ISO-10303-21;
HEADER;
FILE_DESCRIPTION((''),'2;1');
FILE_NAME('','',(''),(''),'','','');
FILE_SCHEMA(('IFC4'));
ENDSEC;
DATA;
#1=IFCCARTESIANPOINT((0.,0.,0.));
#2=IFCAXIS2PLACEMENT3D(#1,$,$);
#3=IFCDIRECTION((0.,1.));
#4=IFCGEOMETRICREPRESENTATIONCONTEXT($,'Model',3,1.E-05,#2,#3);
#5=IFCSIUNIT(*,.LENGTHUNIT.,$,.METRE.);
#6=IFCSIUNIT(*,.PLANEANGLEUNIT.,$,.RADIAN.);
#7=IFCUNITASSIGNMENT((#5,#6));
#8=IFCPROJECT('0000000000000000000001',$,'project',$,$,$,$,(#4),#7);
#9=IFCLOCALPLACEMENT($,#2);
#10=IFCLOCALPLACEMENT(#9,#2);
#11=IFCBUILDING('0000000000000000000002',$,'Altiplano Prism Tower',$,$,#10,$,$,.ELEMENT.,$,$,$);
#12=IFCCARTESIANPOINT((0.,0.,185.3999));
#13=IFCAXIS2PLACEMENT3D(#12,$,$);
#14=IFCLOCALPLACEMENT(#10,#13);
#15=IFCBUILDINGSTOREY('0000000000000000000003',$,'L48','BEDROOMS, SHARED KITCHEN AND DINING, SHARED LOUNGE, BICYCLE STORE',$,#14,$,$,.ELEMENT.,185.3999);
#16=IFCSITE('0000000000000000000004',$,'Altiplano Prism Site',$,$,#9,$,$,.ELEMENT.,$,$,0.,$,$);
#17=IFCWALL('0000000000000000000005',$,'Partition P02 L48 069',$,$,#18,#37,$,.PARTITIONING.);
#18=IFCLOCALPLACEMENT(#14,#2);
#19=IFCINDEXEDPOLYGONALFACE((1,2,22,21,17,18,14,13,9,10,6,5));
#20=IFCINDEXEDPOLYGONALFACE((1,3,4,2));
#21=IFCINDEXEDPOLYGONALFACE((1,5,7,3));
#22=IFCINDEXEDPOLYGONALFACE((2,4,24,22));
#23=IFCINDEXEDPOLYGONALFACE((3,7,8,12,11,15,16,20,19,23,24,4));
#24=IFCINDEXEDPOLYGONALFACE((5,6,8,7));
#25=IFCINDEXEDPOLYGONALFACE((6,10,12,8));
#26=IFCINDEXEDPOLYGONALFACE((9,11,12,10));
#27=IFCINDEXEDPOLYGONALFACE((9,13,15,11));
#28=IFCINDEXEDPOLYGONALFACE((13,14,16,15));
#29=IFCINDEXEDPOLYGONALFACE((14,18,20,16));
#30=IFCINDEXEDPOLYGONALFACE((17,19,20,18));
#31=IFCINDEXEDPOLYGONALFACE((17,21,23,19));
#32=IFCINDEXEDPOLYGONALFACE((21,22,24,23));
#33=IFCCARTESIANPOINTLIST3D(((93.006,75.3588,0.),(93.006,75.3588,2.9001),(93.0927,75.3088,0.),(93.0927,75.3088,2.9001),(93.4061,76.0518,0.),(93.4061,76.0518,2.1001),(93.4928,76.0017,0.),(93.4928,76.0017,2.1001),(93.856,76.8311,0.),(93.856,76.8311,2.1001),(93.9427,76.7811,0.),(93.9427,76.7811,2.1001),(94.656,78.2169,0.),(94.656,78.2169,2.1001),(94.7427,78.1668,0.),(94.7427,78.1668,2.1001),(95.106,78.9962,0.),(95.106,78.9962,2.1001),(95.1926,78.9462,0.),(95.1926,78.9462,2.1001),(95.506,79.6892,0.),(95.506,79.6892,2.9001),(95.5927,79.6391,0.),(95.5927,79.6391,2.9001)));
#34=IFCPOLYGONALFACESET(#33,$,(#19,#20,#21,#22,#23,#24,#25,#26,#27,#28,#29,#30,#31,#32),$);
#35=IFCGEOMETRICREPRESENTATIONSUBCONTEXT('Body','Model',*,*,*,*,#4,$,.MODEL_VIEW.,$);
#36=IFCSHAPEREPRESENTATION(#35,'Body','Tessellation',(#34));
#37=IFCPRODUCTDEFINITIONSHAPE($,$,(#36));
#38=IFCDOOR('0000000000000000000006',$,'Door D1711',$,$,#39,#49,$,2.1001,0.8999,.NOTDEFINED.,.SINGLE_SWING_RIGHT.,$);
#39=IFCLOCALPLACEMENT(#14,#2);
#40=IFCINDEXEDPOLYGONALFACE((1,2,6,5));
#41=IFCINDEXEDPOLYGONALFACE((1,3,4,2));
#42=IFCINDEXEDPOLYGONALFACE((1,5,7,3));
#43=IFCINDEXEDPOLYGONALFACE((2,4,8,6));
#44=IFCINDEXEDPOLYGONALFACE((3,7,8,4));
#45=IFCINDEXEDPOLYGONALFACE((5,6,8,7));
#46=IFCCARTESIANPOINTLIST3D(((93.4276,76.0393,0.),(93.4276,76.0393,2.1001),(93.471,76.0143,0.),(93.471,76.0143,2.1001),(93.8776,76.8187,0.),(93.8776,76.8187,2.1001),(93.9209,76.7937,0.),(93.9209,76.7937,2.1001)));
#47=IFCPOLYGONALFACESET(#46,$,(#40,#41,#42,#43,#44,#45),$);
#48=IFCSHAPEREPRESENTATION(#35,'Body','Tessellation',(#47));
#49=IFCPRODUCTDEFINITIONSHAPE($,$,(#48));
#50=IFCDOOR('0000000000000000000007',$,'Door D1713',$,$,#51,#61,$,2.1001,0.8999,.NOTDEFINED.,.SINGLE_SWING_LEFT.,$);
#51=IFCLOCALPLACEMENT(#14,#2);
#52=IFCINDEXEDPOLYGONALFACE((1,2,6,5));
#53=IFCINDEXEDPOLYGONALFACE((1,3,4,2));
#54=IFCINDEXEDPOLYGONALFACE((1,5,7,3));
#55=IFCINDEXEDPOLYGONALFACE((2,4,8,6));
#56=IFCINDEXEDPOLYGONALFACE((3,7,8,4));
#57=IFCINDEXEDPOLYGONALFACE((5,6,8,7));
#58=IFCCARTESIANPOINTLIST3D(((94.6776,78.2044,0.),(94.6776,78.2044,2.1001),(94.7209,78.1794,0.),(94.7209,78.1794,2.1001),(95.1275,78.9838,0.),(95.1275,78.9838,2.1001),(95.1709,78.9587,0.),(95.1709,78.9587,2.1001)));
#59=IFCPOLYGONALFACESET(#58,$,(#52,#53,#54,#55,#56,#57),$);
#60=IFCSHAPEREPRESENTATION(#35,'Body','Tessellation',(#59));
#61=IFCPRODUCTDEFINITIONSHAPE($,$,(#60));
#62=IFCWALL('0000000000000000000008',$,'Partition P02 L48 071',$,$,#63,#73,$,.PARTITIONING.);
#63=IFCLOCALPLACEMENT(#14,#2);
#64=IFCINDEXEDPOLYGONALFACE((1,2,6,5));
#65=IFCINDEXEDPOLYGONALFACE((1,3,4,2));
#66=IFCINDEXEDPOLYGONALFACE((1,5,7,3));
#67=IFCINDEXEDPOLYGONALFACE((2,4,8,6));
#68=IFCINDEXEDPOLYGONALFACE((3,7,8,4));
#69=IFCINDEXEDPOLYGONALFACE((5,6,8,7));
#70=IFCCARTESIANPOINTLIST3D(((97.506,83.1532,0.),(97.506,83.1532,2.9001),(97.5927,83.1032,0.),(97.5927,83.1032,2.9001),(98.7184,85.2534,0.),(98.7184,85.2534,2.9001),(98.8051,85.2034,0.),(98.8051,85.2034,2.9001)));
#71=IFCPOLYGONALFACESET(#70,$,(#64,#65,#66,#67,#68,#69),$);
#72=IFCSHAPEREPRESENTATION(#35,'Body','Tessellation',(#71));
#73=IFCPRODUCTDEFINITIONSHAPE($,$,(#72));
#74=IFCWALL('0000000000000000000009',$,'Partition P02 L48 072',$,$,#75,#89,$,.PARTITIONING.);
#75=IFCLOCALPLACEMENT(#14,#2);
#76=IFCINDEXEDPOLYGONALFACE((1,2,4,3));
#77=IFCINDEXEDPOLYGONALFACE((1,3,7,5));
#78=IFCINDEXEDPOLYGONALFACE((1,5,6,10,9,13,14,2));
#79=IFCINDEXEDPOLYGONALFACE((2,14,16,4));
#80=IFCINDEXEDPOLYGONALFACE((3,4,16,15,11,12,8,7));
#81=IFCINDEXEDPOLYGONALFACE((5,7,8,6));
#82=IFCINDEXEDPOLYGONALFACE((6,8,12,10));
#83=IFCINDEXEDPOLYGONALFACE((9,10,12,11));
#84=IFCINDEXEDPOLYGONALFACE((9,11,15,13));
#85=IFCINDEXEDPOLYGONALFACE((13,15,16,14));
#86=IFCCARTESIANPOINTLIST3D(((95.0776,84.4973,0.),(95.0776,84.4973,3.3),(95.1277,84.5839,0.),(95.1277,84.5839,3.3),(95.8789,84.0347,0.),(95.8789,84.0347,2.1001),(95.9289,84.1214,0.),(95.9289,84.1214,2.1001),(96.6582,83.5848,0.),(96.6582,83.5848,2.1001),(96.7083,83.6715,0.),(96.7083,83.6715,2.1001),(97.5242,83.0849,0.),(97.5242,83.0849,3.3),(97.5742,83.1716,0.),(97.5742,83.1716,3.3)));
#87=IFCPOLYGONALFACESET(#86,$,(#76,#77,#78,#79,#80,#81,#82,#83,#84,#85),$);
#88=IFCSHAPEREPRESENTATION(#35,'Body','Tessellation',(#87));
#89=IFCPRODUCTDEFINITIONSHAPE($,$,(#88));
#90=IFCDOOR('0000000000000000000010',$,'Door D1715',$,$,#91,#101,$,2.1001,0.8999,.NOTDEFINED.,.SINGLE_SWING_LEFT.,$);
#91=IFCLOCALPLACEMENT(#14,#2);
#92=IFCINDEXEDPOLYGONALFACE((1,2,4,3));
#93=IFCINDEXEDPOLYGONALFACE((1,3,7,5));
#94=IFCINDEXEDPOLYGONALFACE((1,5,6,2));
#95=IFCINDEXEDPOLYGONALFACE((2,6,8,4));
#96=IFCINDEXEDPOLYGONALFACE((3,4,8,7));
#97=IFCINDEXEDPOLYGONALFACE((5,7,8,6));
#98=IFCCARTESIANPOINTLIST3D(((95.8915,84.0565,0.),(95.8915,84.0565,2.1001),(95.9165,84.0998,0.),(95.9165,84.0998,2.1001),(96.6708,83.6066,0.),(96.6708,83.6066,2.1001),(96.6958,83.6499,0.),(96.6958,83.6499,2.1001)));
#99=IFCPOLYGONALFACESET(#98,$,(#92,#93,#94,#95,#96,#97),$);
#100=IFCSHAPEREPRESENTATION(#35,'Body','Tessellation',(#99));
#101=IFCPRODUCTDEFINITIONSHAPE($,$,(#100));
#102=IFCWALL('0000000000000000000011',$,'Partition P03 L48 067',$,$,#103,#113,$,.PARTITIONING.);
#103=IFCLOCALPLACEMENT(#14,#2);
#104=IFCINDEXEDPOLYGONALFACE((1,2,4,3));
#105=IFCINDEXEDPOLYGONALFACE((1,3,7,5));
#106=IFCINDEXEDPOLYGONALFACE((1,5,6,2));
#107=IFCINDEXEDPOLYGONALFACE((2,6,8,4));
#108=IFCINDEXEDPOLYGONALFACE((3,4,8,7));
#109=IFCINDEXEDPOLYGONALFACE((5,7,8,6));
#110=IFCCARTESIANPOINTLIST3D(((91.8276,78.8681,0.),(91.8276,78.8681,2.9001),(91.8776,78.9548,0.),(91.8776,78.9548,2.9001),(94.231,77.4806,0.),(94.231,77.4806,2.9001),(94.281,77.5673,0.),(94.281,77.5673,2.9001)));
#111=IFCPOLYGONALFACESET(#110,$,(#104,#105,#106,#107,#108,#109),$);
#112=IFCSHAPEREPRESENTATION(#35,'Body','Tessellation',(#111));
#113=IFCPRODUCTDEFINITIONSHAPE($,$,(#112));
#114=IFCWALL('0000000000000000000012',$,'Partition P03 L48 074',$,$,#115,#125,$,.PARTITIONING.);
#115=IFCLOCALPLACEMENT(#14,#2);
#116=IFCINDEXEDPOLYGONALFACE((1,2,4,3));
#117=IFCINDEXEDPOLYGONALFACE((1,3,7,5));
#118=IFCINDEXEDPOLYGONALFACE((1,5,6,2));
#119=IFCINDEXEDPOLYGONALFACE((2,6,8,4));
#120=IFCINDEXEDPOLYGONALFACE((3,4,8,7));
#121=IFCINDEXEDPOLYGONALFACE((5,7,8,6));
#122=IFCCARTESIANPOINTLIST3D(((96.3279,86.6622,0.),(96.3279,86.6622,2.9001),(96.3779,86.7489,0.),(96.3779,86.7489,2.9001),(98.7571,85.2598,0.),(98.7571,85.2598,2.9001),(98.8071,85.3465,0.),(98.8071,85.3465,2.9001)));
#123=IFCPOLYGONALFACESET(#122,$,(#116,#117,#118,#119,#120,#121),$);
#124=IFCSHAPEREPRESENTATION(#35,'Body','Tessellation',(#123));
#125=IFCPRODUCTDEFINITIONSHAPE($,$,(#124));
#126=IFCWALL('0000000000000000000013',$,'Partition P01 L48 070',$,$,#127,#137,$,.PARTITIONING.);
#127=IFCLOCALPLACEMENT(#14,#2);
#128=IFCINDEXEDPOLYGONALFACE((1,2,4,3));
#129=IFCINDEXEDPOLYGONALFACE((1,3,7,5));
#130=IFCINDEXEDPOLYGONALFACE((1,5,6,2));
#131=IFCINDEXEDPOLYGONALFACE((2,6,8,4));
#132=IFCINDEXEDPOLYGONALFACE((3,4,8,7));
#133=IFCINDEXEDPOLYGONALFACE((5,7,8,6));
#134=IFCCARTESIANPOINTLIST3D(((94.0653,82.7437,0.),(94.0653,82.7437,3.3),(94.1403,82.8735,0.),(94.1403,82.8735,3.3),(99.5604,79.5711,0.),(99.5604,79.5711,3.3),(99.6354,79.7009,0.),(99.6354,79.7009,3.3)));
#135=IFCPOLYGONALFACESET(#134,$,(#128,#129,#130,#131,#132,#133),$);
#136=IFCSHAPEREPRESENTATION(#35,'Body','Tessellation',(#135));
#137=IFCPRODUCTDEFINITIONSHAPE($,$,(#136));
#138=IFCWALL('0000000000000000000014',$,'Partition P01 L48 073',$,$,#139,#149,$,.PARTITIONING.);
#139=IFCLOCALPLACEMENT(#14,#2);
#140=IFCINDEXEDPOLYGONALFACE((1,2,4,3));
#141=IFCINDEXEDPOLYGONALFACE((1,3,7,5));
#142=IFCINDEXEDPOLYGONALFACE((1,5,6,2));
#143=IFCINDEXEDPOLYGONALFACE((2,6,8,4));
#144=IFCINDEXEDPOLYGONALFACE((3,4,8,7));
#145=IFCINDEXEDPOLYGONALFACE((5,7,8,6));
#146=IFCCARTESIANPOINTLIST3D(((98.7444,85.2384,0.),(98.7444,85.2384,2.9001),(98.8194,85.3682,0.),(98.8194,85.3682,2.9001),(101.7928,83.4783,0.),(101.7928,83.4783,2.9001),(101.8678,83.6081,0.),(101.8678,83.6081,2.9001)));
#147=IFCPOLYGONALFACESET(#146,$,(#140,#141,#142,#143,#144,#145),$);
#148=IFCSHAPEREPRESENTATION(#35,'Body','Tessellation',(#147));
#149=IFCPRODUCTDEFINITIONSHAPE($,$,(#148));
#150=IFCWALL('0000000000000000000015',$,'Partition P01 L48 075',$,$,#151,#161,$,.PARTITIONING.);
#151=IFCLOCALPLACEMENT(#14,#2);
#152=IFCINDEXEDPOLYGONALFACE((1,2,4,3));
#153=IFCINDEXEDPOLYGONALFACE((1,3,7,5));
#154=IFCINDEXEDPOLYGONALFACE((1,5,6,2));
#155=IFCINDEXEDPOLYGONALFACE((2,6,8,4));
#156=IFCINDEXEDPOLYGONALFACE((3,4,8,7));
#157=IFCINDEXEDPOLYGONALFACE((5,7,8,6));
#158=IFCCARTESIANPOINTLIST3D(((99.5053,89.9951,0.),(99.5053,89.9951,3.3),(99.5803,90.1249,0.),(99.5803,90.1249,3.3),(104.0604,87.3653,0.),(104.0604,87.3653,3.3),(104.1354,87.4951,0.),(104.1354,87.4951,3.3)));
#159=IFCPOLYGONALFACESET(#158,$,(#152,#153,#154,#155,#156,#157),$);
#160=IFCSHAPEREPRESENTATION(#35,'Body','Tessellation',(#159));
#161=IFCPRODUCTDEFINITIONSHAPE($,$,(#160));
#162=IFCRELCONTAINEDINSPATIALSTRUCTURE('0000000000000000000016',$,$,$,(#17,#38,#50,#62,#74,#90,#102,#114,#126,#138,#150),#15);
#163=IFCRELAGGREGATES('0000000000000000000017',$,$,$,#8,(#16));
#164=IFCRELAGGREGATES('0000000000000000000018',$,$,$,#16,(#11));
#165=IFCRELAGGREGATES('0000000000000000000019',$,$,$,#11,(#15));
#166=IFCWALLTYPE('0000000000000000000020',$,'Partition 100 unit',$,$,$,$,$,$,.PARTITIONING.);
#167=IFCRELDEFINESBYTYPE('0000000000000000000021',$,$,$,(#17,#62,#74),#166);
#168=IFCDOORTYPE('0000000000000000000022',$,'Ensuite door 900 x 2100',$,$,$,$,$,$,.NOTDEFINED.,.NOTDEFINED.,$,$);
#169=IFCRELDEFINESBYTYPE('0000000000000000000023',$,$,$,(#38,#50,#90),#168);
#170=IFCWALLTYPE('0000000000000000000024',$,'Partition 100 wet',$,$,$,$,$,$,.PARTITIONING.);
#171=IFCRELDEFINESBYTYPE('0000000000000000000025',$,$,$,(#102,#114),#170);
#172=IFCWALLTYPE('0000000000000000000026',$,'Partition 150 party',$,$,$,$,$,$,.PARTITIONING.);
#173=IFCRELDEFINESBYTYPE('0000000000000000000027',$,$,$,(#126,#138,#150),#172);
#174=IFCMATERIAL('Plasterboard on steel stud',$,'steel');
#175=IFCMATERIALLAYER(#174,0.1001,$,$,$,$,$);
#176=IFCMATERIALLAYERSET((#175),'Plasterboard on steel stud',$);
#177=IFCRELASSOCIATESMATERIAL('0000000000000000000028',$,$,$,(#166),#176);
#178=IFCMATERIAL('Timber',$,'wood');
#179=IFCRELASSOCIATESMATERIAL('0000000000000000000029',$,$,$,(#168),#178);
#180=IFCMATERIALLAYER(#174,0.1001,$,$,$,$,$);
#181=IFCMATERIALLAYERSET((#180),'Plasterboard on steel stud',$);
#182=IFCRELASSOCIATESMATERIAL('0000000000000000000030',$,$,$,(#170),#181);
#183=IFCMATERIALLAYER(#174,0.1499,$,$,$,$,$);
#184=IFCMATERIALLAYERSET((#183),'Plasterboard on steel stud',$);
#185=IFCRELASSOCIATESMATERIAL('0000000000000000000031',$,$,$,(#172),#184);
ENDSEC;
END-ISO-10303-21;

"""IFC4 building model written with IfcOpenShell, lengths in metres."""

from ifc_helpers import new_model, si_unit, direction, frame, frame_2d, origin, place, context, subcontext, project, spatial, rectangle, extrude, material, layer, layer_set, type_object, element, fill, save


model = new_model("IFC4")

# Units and contexts
model_context = context("Model", 3, precision=1e-05, world=origin(), true_north=direction((0.0, 1.0)))
body_context = subcontext(model_context, "Body", "Model", "MODEL_VIEW")
ifc_project = project(units=[si_unit("LENGTHUNIT", "METRE"), si_unit("PLANEANGLEUNIT", "RADIAN")], contexts=[model_context])

# Site, building, storey
site_placement = place(None, origin())
site = spatial("IfcSite", under=ifc_project, at=site_placement, Name="Altiplano Prism Site", CompositionType="ELEMENT", RefElevation=0.0)
building_placement = place(site_placement, origin())
building = spatial("IfcBuilding", under=site, at=building_placement, Name="Altiplano Prism Tower", CompositionType="ELEMENT")
storey_placement = place(building_placement, frame((0.0, 0.0, 185.3999)))
storey = spatial("IfcBuildingStorey", under=building, at=storey_placement, Name="L48", Description="BEDROOMS, SHARED KITCHEN AND DINING, SHARED LOUNGE, BICYCLE STORE", CompositionType="ELEMENT", Elevation=185.3999)

# Wall, openings, doors
ifc_material_1 = material(Name="Plasterboard on steel stud", Category="steel")
ifc_layer_1 = layer(ifc_material_1, 0.1001)
ifc_layer_set_1 = layer_set([ifc_layer_1], Name="Plasterboard on steel stud")
wall_type_1 = type_object("IfcWallType", Name="Partition 100 unit", PredefinedType="PARTITIONING", material=ifc_layer_set_1)
wall_1_placement = place(storey_placement, frame((95.5493, 79.6641, 0.0), z_axis=(0.0, 0.0, 1.0), x_axis=(-0.499983, -0.866035, 0.0)))
wall_1 = element("IfcWall", 1, at=wall_1_placement, inside=storey, type_object=wall_type_1, Name="Partition P02 L48 069", PredefinedType="PARTITIONING", context=body_context, shape_type="SweptSolid", body=[
    extrude(rectangle(XDim=5.0002, YDim=0.1001, at=frame_2d((2.5, 0.0))), origin(), (0.0, 0.0, 1.0), 2.9001),
])
opening_1_placement = place(wall_1_placement, frame((3.3, 0.0, 0.0)))
opening_1 = element("IfcOpeningElement", 2, at=opening_1_placement, cuts=wall_1, PredefinedType="OPENING", context=body_context, shape_type="SweptSolid", body=[
    extrude(rectangle(XDim=0.8999, YDim=2.1001, at=frame_2d((0.45, 1.05))), frame((0.0, 0.0605, 0.0), z_axis=(0.0, -1.0, 0.0), x_axis=(1.0, 0.0, 0.0)), (0.0, 0.0, 1.0), 0.1211),
])
opening_2_placement = place(wall_1_placement, frame((0.8, 0.0, 0.0)))
opening_2 = element("IfcOpeningElement", 3, at=opening_2_placement, cuts=wall_1, PredefinedType="OPENING", context=body_context, shape_type="SweptSolid", body=[
    extrude(rectangle(XDim=0.8999, YDim=2.1001, at=frame_2d((0.45, 1.05))), frame((0.0, 0.0605, 0.0), z_axis=(0.0, -1.0, 0.0), x_axis=(1.0, 0.0, 0.0)), (0.0, 0.0, 1.0), 0.1211),
])
ifc_material_2 = material(Name="Timber", Category="wood")
door_type = type_object("IfcDoorType", Name="Ensuite door 900 x 2100", OperationType="NOTDEFINED", PredefinedType="NOTDEFINED", material=ifc_material_2)
door_1_placement = place(opening_1_placement, origin())
door_1 = element("IfcDoor", 4, at=door_1_placement, inside=storey, type_object=door_type, Name="Door D1711", OperationType="SINGLE_SWING_RIGHT", OverallHeight=2.1001, OverallWidth=0.8999, PredefinedType="NOTDEFINED", context=body_context, shape_type="SweptSolid", body=[
    extrude(rectangle(XDim=0.8999, YDim=2.1001, at=frame_2d((0.45, 1.05))), frame((0.0, 0.0249, 0.0), z_axis=(0.0, -1.0, 0.0), x_axis=(1.0, 0.0, 0.0)), (0.0, 0.0, 1.0), 0.05),
])
fill(opening_1, door_1)
door_2_placement = place(opening_2_placement, origin())
door_2 = element("IfcDoor", 5, at=door_2_placement, inside=storey, type_object=door_type, Name="Door D1713", OperationType="SINGLE_SWING_LEFT", OverallHeight=2.1001, OverallWidth=0.8999, PredefinedType="NOTDEFINED", context=body_context, shape_type="SweptSolid", body=[
    extrude(rectangle(XDim=0.8999, YDim=2.1001, at=frame_2d((0.45, 1.05))), frame((0.0, 0.0249, 0.0), z_axis=(0.0, -1.0, 0.0), x_axis=(1.0, 0.0, 0.0)), (0.0, 0.0, 1.0), 0.05),
])
fill(opening_2, door_2)

# Wall
wall_2_placement = place(storey_placement, frame((98.7617, 85.2283, 0.0), z_axis=(0.0, 0.0, 1.0), x_axis=(-0.499972, -0.866041, 0.0)))
element("IfcWall", 6, at=wall_2_placement, inside=storey, type_object=wall_type_1, Name="Partition P02 L48 071", PredefinedType="PARTITIONING", context=body_context, shape_type="SweptSolid", body=[
    extrude(rectangle(XDim=2.425, YDim=0.1001, at=frame_2d((1.2124, 0.0))), origin(), (0.0, 0.0, 1.0), 2.9001),
])

# Wall, opening, door
wall_3_placement = place(storey_placement, frame((97.5493, 83.1282, 0.0), z_axis=(0.0, 0.0, 1.0), x_axis=(-0.866049, 0.499959, 0.0)))
wall_3 = element("IfcWall", 7, at=wall_3_placement, inside=storey, type_object=wall_type_1, Name="Partition P02 L48 072", PredefinedType="PARTITIONING", context=body_context, shape_type="SweptSolid", body=[
    extrude(rectangle(XDim=2.825, YDim=0.1001, at=frame_2d((1.4126, 0.0))), origin(), (0.0, 0.0, 1.0), 3.3),
])
opening_3_placement = place(wall_3_placement, frame((1.0, 0.0, 0.0)))
opening_3 = element("IfcOpeningElement", 8, at=opening_3_placement, cuts=wall_3, PredefinedType="OPENING", context=body_context, shape_type="SweptSolid", body=[
    extrude(rectangle(XDim=0.8999, YDim=2.1001, at=frame_2d((0.45, 1.05))), frame((0.0, 0.0605, 0.0), z_axis=(0.0, -1.0, 0.0), x_axis=(1.0, 0.0, 0.0)), (0.0, 0.0, 1.0), 0.1211),
])
door_3_placement = place(opening_3_placement, origin())
door_3 = element("IfcDoor", 9, at=door_3_placement, inside=storey, type_object=door_type, Name="Door D1715", OperationType="SINGLE_SWING_LEFT", OverallHeight=2.1001, OverallWidth=0.8999, PredefinedType="NOTDEFINED", context=body_context, shape_type="SweptSolid", body=[
    extrude(rectangle(XDim=0.8999, YDim=2.1001, at=frame_2d((0.45, 1.05))), frame((0.0, 0.0249, 0.0), z_axis=(0.0, -1.0, 0.0), x_axis=(1.0, 0.0, 0.0)), (0.0, 0.0, 1.0), 0.05),
])
fill(opening_3, door_3)

# Walls
ifc_layer_2 = layer(ifc_material_1, 0.1001)
ifc_layer_set_2 = layer_set([ifc_layer_2], Name="Plasterboard on steel stud")
wall_type_2 = type_object("IfcWallType", Name="Partition 100 wet", PredefinedType="PARTITIONING", material=ifc_layer_set_2)
wall_4_placement = place(storey_placement, frame((94.2561, 77.5239, 0.0), z_axis=(0.0, 0.0, 1.0), x_axis=(-0.866042, 0.499971, 0.0)))
element("IfcWall", 10, at=wall_4_placement, inside=storey, type_object=wall_type_2, Name="Partition P03 L48 067", PredefinedType="PARTITIONING", context=body_context, shape_type="SweptSolid", body=[
    extrude(rectangle(XDim=2.7751, YDim=0.1001, at=frame_2d((1.3877, 0.0))), origin(), (0.0, 0.0, 1.0), 2.9001),
])
wall_5_placement = place(storey_placement, frame((98.782, 85.3032, 0.0), z_axis=(0.0, 0.0, 1.0), x_axis=(-0.866049, 0.499959, 0.0)))
element("IfcWall", 11, at=wall_5_placement, inside=storey, type_object=wall_type_2, Name="Partition P03 L48 074", PredefinedType="PARTITIONING", context=body_context, shape_type="SweptSolid", body=[
    extrude(rectangle(XDim=2.8049, YDim=0.1001, at=frame_2d((1.4023, 0.0))), origin(), (0.0, 0.0, 1.0), 2.9001),
])
ifc_layer_3 = layer(ifc_material_1, 0.1499)
ifc_layer_set_3 = layer_set([ifc_layer_3], Name="Plasterboard on steel stud")
wall_type_3 = type_object("IfcWallType", Name="Partition 150 party", PredefinedType="PARTITIONING", material=ifc_layer_set_3)
wall_6_placement = place(storey_placement, frame((99.5979, 79.636, 0.0), z_axis=(0.0, 0.0, 1.0), x_axis=(-0.866025, 0.5, 0.0)))
element("IfcWall", 12, at=wall_6_placement, inside=storey, type_object=wall_type_3, Name="Partition P01 L48 070", PredefinedType="PARTITIONING", context=body_context, shape_type="SweptSolid", body=[
    extrude(rectangle(XDim=6.3452, YDim=0.1499, at=frame_2d((3.1726, 0.0))), origin(), (0.0, 0.0, 1.0), 3.3),
])
wall_7_placement = place(storey_placement, frame((101.8303, 83.5432, 0.0), z_axis=(0.0, 0.0, 1.0), x_axis=(-0.866019, 0.500011, 0.0)))
element("IfcWall", 13, at=wall_7_placement, inside=storey, type_object=wall_type_3, Name="Partition P01 L48 073", PredefinedType="PARTITIONING", context=body_context, shape_type="SweptSolid", body=[
    extrude(rectangle(XDim=3.52, YDim=0.1499, at=frame_2d((1.76, 0.0))), origin(), (0.0, 0.0, 1.0), 2.9001),
])
wall_8_placement = place(storey_placement, frame((104.0979, 87.4302, 0.0), z_axis=(0.0, 0.0, 1.0), x_axis=(-0.866029, 0.499993, 0.0)))
element("IfcWall", 14, at=wall_8_placement, inside=storey, type_object=wall_type_3, Name="Partition P01 L48 075", PredefinedType="PARTITIONING", context=body_context, shape_type="SweptSolid", body=[
    extrude(rectangle(XDim=5.2598, YDim=0.1499, at=frame_2d((2.6299, 0.0))), origin(), (0.0, 0.0, 1.0), 3.3),
])

save(model, "model.ifc")
